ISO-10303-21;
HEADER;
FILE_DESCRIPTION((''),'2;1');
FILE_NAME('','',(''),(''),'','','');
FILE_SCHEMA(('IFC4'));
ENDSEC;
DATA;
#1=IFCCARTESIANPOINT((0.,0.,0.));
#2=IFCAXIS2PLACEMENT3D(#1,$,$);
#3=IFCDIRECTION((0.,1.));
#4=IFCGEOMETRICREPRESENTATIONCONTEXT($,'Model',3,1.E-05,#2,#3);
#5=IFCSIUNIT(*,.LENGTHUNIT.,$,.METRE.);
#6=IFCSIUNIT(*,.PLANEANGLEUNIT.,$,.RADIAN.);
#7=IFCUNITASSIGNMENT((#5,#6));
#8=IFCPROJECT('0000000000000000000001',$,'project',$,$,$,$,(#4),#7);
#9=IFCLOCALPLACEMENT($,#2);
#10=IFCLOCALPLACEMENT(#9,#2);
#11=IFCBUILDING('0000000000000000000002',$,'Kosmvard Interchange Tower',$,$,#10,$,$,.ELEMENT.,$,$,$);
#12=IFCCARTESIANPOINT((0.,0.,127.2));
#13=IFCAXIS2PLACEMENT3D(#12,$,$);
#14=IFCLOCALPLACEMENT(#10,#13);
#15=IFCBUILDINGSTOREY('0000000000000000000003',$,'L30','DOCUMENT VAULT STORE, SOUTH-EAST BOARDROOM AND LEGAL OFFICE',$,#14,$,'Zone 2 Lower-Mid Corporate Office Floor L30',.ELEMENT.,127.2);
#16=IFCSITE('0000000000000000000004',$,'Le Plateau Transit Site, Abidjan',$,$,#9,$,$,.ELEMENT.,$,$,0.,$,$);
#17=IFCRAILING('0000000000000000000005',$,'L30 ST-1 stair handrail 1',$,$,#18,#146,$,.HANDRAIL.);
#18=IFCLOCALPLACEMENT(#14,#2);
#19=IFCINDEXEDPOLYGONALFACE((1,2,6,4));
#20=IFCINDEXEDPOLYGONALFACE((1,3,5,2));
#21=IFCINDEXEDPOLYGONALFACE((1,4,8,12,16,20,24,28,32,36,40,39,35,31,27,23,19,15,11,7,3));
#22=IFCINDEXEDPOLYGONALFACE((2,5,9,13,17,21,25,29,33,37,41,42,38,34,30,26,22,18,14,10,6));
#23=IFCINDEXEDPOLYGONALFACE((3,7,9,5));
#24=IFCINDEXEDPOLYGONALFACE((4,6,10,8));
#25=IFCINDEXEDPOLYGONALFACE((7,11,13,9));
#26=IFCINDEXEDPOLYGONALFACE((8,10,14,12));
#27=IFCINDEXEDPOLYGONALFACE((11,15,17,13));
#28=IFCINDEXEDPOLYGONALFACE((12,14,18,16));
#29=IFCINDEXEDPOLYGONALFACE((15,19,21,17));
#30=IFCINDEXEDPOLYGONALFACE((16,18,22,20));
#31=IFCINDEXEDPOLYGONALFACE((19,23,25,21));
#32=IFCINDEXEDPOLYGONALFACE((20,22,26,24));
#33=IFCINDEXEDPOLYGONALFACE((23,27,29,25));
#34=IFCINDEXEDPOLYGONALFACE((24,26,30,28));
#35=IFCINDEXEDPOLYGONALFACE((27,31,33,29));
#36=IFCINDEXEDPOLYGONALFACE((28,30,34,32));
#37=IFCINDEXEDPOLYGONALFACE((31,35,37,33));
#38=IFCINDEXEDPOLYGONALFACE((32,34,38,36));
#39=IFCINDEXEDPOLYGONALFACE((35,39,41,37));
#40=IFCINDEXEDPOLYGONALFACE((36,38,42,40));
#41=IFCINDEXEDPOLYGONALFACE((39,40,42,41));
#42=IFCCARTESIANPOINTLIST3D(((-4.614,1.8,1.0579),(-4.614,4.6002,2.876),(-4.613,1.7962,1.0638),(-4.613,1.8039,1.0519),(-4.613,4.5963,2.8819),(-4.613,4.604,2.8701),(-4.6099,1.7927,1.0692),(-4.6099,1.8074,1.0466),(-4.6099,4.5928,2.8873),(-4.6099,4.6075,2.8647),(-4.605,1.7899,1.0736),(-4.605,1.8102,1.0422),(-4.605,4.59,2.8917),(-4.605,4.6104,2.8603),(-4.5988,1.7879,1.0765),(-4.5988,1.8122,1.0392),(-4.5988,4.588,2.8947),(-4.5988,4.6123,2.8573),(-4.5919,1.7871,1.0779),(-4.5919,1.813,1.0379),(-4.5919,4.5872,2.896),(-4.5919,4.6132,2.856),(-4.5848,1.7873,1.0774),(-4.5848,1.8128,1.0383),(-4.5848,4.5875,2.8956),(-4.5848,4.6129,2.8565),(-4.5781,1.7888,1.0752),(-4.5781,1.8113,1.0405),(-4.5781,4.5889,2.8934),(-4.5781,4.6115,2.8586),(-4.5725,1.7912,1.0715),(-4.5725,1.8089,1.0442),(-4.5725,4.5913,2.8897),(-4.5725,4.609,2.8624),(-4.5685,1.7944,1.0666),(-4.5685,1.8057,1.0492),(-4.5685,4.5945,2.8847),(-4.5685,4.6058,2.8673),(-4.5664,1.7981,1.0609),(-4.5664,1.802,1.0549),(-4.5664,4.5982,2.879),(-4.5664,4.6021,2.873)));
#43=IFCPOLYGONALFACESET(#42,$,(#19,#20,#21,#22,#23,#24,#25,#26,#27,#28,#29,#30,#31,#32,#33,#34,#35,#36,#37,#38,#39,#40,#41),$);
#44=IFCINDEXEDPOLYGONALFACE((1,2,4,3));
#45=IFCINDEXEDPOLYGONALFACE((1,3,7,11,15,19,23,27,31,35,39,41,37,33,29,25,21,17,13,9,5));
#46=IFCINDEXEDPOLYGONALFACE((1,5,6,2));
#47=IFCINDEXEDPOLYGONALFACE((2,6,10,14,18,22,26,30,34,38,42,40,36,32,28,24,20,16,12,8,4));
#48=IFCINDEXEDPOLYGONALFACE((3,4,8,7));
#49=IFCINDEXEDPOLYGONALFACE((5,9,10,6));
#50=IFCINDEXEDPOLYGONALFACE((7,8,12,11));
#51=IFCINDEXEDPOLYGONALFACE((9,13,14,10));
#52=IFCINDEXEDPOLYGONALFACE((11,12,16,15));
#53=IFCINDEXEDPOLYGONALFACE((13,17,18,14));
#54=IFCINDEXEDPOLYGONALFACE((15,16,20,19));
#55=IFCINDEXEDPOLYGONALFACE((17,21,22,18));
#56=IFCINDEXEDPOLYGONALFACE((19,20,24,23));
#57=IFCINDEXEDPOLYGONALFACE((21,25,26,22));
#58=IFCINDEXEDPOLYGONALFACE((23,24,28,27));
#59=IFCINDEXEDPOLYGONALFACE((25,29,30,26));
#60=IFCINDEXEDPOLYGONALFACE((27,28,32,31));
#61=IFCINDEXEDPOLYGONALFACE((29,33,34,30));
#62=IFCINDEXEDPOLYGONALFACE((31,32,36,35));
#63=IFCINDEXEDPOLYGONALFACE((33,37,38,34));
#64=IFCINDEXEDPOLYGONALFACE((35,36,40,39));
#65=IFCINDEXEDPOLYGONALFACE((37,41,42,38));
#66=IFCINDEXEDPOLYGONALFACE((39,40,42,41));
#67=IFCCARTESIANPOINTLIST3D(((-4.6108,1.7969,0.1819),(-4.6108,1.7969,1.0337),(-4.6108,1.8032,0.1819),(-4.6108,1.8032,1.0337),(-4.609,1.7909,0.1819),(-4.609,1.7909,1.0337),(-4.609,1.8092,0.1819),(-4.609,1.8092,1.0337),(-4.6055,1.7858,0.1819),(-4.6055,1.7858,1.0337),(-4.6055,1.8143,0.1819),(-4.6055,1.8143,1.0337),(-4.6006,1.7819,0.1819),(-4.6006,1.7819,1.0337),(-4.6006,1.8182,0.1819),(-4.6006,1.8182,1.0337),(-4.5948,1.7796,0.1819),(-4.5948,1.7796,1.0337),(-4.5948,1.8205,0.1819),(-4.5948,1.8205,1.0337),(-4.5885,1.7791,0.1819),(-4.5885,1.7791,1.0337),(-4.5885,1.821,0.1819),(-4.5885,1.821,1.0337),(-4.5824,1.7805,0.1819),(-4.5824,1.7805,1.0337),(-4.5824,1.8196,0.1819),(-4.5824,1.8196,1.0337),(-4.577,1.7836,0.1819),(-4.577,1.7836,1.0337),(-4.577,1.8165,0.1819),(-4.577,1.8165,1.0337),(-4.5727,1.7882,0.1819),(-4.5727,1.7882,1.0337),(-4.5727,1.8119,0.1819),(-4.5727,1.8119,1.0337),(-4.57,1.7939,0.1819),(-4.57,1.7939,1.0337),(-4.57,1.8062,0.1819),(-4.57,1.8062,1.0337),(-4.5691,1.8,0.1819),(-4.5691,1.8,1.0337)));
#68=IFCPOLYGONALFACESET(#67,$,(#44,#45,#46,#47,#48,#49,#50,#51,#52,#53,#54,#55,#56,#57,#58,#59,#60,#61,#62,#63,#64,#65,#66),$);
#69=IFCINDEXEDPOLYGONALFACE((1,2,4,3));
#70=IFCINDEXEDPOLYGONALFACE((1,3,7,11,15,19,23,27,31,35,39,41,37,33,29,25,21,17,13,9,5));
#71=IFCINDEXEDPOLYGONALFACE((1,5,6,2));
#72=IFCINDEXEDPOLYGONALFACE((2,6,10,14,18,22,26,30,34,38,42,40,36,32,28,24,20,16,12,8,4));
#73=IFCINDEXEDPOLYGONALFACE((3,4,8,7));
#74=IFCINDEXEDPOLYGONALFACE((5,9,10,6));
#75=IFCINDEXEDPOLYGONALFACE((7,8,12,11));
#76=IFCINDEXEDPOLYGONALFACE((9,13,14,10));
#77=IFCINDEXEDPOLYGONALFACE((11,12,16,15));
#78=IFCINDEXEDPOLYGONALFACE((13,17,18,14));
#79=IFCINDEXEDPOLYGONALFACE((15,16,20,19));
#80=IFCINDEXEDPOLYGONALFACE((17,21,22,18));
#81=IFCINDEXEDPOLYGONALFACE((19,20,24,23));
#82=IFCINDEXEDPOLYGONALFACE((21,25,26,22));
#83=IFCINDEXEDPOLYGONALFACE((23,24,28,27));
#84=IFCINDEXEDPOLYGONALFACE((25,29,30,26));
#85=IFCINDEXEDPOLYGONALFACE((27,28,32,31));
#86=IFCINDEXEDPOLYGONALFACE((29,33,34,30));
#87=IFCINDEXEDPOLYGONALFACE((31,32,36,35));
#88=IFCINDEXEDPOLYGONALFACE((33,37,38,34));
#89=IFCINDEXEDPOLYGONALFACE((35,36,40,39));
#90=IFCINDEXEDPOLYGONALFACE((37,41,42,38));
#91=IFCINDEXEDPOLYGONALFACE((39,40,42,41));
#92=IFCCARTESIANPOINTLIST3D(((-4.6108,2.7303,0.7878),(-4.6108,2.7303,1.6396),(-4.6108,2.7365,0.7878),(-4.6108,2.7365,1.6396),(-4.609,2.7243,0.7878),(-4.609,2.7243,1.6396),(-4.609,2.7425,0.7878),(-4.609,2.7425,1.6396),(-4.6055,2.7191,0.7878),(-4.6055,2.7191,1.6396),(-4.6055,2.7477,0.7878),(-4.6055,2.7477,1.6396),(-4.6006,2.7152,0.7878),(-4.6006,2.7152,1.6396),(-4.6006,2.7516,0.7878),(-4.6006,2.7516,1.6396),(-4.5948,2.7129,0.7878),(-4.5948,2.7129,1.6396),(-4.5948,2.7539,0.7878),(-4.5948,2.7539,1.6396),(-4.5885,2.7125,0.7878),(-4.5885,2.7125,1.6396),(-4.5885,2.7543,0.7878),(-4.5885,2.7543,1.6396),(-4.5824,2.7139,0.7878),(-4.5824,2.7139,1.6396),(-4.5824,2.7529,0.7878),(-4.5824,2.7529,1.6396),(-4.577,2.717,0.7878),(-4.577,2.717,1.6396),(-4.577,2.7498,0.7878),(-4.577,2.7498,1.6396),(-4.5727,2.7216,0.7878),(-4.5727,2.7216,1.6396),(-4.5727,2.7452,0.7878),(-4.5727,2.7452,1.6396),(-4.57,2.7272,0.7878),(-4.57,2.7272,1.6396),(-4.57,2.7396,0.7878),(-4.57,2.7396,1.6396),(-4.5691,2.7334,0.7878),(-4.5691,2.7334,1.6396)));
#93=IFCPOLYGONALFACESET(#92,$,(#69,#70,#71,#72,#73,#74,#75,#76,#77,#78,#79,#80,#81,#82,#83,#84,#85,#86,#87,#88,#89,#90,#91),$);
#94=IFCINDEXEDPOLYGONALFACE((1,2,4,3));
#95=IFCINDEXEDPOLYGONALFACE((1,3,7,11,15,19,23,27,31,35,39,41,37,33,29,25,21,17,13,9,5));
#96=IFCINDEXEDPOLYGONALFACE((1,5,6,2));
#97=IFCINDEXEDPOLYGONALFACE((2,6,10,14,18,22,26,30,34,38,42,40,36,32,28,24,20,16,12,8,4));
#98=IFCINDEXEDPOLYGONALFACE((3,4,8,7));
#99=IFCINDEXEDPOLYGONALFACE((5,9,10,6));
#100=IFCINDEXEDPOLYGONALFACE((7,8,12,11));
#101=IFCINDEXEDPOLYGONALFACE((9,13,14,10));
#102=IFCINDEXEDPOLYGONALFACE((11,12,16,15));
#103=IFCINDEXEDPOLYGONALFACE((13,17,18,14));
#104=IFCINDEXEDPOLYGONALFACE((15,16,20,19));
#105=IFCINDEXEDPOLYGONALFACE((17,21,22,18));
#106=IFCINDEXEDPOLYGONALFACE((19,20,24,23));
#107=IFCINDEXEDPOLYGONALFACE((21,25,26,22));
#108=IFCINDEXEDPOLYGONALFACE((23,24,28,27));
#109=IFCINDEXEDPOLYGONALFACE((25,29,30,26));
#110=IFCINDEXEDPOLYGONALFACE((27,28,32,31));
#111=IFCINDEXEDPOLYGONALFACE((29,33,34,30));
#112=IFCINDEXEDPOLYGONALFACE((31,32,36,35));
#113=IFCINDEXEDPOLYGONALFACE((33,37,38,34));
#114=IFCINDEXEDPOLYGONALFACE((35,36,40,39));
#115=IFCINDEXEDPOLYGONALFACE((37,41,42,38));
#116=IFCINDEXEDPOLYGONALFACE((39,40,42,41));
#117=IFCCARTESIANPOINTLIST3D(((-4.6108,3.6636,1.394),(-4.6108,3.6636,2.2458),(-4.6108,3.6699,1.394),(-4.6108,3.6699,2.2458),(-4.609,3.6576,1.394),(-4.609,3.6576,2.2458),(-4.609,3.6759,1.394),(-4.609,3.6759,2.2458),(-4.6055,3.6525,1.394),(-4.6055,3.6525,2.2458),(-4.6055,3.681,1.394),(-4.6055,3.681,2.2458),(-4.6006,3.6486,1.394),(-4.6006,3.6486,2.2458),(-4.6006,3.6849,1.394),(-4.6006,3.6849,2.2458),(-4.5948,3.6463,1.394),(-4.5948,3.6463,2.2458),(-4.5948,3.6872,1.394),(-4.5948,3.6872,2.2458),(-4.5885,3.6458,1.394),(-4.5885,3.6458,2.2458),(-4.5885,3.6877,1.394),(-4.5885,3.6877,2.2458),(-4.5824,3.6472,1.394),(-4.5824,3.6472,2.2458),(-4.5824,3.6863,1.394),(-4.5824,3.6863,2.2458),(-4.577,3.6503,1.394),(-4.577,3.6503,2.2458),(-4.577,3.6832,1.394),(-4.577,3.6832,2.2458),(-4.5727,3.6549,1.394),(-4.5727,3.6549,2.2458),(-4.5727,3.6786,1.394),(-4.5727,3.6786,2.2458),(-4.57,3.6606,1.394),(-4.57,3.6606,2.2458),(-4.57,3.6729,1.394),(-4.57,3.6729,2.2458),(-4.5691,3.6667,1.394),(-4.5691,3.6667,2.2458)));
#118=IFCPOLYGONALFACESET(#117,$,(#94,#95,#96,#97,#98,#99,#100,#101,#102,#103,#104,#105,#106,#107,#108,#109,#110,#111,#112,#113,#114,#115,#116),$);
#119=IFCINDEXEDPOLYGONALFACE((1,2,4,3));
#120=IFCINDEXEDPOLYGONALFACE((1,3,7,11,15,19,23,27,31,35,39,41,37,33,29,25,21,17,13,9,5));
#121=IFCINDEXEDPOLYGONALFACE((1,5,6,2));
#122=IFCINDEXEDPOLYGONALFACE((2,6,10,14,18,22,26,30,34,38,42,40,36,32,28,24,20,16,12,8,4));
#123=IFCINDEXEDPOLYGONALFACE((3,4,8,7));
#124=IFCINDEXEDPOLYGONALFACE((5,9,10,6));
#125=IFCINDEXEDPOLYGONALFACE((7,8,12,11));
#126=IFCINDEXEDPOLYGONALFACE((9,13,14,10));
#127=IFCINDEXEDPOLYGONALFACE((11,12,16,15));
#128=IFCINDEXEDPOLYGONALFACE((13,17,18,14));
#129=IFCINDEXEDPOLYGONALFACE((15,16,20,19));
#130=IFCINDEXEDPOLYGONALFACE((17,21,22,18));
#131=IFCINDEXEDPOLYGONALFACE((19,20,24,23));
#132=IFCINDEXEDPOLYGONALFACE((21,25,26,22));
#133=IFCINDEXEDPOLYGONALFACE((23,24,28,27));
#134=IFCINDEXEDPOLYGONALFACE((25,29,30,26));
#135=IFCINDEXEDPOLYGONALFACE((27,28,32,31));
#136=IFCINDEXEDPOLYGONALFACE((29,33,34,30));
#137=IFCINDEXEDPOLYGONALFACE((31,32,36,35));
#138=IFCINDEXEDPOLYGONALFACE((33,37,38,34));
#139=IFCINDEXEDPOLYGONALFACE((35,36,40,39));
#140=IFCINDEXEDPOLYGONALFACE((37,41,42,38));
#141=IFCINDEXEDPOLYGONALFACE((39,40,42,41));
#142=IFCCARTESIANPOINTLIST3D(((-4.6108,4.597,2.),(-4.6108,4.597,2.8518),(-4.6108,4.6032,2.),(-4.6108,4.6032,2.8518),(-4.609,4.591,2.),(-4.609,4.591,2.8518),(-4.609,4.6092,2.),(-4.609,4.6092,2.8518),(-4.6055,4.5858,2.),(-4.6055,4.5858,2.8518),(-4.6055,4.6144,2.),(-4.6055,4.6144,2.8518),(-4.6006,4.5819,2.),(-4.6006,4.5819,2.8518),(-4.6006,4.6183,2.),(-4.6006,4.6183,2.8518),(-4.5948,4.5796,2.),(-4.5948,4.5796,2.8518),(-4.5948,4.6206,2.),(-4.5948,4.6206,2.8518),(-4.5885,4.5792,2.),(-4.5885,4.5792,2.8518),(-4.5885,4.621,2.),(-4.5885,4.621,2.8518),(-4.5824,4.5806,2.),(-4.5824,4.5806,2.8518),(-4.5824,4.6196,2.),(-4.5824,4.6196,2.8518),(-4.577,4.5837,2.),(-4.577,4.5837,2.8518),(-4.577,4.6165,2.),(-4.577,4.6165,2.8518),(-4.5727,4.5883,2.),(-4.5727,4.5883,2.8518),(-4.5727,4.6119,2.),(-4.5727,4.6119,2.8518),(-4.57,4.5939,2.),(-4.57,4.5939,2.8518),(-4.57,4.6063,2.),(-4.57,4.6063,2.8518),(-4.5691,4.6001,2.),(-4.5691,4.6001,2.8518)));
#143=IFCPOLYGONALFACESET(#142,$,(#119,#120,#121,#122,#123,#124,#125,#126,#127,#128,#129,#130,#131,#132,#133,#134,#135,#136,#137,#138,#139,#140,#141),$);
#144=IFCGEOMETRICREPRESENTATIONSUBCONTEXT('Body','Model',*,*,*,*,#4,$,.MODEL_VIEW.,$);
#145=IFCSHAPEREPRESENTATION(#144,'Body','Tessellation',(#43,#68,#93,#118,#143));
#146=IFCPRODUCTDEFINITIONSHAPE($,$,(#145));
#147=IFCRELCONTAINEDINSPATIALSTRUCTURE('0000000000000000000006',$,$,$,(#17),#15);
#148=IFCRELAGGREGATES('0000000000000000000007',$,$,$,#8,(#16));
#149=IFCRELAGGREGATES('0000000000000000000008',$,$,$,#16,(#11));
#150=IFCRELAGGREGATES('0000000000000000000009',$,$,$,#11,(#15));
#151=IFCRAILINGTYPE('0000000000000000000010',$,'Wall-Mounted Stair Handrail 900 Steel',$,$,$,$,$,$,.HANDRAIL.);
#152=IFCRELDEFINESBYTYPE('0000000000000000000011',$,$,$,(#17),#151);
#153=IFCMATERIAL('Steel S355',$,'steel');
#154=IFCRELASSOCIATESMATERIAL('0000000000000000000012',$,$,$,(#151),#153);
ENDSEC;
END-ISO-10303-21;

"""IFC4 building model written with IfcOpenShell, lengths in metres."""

from ifc_helpers import new_model, si_unit, direction, frame, origin, origin_2d, place, context, subcontext, project, spatial, circle, extrude, source, transform, mapped, material, type_object, element, save


model = new_model("IFC4")

# Units and contexts
model_context = context("Model", 3, precision=1e-05, world=origin(), true_north=direction((0.0, 1.0)))
body_context = subcontext(model_context, "Body", "Model", "MODEL_VIEW")
ifc_project = project(units=[si_unit("LENGTHUNIT", "METRE"), si_unit("PLANEANGLEUNIT", "RADIAN")], contexts=[model_context])

# Site, building, storey
site_placement = place(None, origin())
site = spatial("IfcSite", under=ifc_project, at=site_placement, Name="Le Plateau Transit Site, Abidjan", CompositionType="ELEMENT", RefElevation=0.0)
building_placement = place(site_placement, origin())
building = spatial("IfcBuilding", under=site, at=building_placement, Name="Kosmvard Interchange Tower", CompositionType="ELEMENT")
storey_placement = place(building_placement, frame((0.0, 0.0, 127.2)))
storey = spatial("IfcBuildingStorey", under=building, at=storey_placement, Name="L30", Description="DOCUMENT VAULT STORE, SOUTH-EAST BOARDROOM AND LEGAL OFFICE", LongName="Zone 2 Lower-Mid Corporate Office Floor L30", CompositionType="ELEMENT", Elevation=127.2)

# Shared definitions
ifc_material_1 = material(Name="Steel S355", Category="steel")

# Railing
railing_type_1 = type_object("IfcRailingType", Name="Wall-Mounted Stair Handrail 900 Steel", PredefinedType="HANDRAIL", material=ifc_material_1)
shared_shape_1 = source(origin(), body_context, "Body", "SweptSolid", [
    extrude(circle(Radius=0.0239, at=origin_2d()), frame((0.0, 0.0, 0.876), z_axis=(0.0, 0.838706, 0.544585), x_axis=(-1.0, 0.0, 0.0)), (0.0, 0.0, 1.0), 3.3386),
    extrude(circle(Radius=0.021, at=origin_2d()), origin(), (0.0, 0.0, 1.0), 0.8518),
    extrude(circle(Radius=0.021, at=origin_2d()), frame((0.0, 0.9333, 0.606)), (0.0, 0.0, 1.0), 0.8518),
    extrude(circle(Radius=0.021, at=origin_2d()), frame((0.0, 1.8667, 1.2122)), (0.0, 0.0, 1.0), 0.8518),
    extrude(circle(Radius=0.021, at=origin_2d()), frame((0.0, 2.8, 1.8181)), (0.0, 0.0, 1.0), 0.8518),
])
railing_1_placement = place(storey_placement, frame((-4.5901, 1.8, 0.1819)))
element("IfcRailing", 1, at=railing_1_placement, inside=storey, type_object=railing_type_1, Name="L30 ST-1 stair handrail 1", PredefinedType="HANDRAIL", context=body_context, shape_type="MappedRepresentation", body=[
    mapped(shared_shape_1, transform((0.0, 0.0, 0.0), scale=1.0)),
])

save(model, "model.ifc")
